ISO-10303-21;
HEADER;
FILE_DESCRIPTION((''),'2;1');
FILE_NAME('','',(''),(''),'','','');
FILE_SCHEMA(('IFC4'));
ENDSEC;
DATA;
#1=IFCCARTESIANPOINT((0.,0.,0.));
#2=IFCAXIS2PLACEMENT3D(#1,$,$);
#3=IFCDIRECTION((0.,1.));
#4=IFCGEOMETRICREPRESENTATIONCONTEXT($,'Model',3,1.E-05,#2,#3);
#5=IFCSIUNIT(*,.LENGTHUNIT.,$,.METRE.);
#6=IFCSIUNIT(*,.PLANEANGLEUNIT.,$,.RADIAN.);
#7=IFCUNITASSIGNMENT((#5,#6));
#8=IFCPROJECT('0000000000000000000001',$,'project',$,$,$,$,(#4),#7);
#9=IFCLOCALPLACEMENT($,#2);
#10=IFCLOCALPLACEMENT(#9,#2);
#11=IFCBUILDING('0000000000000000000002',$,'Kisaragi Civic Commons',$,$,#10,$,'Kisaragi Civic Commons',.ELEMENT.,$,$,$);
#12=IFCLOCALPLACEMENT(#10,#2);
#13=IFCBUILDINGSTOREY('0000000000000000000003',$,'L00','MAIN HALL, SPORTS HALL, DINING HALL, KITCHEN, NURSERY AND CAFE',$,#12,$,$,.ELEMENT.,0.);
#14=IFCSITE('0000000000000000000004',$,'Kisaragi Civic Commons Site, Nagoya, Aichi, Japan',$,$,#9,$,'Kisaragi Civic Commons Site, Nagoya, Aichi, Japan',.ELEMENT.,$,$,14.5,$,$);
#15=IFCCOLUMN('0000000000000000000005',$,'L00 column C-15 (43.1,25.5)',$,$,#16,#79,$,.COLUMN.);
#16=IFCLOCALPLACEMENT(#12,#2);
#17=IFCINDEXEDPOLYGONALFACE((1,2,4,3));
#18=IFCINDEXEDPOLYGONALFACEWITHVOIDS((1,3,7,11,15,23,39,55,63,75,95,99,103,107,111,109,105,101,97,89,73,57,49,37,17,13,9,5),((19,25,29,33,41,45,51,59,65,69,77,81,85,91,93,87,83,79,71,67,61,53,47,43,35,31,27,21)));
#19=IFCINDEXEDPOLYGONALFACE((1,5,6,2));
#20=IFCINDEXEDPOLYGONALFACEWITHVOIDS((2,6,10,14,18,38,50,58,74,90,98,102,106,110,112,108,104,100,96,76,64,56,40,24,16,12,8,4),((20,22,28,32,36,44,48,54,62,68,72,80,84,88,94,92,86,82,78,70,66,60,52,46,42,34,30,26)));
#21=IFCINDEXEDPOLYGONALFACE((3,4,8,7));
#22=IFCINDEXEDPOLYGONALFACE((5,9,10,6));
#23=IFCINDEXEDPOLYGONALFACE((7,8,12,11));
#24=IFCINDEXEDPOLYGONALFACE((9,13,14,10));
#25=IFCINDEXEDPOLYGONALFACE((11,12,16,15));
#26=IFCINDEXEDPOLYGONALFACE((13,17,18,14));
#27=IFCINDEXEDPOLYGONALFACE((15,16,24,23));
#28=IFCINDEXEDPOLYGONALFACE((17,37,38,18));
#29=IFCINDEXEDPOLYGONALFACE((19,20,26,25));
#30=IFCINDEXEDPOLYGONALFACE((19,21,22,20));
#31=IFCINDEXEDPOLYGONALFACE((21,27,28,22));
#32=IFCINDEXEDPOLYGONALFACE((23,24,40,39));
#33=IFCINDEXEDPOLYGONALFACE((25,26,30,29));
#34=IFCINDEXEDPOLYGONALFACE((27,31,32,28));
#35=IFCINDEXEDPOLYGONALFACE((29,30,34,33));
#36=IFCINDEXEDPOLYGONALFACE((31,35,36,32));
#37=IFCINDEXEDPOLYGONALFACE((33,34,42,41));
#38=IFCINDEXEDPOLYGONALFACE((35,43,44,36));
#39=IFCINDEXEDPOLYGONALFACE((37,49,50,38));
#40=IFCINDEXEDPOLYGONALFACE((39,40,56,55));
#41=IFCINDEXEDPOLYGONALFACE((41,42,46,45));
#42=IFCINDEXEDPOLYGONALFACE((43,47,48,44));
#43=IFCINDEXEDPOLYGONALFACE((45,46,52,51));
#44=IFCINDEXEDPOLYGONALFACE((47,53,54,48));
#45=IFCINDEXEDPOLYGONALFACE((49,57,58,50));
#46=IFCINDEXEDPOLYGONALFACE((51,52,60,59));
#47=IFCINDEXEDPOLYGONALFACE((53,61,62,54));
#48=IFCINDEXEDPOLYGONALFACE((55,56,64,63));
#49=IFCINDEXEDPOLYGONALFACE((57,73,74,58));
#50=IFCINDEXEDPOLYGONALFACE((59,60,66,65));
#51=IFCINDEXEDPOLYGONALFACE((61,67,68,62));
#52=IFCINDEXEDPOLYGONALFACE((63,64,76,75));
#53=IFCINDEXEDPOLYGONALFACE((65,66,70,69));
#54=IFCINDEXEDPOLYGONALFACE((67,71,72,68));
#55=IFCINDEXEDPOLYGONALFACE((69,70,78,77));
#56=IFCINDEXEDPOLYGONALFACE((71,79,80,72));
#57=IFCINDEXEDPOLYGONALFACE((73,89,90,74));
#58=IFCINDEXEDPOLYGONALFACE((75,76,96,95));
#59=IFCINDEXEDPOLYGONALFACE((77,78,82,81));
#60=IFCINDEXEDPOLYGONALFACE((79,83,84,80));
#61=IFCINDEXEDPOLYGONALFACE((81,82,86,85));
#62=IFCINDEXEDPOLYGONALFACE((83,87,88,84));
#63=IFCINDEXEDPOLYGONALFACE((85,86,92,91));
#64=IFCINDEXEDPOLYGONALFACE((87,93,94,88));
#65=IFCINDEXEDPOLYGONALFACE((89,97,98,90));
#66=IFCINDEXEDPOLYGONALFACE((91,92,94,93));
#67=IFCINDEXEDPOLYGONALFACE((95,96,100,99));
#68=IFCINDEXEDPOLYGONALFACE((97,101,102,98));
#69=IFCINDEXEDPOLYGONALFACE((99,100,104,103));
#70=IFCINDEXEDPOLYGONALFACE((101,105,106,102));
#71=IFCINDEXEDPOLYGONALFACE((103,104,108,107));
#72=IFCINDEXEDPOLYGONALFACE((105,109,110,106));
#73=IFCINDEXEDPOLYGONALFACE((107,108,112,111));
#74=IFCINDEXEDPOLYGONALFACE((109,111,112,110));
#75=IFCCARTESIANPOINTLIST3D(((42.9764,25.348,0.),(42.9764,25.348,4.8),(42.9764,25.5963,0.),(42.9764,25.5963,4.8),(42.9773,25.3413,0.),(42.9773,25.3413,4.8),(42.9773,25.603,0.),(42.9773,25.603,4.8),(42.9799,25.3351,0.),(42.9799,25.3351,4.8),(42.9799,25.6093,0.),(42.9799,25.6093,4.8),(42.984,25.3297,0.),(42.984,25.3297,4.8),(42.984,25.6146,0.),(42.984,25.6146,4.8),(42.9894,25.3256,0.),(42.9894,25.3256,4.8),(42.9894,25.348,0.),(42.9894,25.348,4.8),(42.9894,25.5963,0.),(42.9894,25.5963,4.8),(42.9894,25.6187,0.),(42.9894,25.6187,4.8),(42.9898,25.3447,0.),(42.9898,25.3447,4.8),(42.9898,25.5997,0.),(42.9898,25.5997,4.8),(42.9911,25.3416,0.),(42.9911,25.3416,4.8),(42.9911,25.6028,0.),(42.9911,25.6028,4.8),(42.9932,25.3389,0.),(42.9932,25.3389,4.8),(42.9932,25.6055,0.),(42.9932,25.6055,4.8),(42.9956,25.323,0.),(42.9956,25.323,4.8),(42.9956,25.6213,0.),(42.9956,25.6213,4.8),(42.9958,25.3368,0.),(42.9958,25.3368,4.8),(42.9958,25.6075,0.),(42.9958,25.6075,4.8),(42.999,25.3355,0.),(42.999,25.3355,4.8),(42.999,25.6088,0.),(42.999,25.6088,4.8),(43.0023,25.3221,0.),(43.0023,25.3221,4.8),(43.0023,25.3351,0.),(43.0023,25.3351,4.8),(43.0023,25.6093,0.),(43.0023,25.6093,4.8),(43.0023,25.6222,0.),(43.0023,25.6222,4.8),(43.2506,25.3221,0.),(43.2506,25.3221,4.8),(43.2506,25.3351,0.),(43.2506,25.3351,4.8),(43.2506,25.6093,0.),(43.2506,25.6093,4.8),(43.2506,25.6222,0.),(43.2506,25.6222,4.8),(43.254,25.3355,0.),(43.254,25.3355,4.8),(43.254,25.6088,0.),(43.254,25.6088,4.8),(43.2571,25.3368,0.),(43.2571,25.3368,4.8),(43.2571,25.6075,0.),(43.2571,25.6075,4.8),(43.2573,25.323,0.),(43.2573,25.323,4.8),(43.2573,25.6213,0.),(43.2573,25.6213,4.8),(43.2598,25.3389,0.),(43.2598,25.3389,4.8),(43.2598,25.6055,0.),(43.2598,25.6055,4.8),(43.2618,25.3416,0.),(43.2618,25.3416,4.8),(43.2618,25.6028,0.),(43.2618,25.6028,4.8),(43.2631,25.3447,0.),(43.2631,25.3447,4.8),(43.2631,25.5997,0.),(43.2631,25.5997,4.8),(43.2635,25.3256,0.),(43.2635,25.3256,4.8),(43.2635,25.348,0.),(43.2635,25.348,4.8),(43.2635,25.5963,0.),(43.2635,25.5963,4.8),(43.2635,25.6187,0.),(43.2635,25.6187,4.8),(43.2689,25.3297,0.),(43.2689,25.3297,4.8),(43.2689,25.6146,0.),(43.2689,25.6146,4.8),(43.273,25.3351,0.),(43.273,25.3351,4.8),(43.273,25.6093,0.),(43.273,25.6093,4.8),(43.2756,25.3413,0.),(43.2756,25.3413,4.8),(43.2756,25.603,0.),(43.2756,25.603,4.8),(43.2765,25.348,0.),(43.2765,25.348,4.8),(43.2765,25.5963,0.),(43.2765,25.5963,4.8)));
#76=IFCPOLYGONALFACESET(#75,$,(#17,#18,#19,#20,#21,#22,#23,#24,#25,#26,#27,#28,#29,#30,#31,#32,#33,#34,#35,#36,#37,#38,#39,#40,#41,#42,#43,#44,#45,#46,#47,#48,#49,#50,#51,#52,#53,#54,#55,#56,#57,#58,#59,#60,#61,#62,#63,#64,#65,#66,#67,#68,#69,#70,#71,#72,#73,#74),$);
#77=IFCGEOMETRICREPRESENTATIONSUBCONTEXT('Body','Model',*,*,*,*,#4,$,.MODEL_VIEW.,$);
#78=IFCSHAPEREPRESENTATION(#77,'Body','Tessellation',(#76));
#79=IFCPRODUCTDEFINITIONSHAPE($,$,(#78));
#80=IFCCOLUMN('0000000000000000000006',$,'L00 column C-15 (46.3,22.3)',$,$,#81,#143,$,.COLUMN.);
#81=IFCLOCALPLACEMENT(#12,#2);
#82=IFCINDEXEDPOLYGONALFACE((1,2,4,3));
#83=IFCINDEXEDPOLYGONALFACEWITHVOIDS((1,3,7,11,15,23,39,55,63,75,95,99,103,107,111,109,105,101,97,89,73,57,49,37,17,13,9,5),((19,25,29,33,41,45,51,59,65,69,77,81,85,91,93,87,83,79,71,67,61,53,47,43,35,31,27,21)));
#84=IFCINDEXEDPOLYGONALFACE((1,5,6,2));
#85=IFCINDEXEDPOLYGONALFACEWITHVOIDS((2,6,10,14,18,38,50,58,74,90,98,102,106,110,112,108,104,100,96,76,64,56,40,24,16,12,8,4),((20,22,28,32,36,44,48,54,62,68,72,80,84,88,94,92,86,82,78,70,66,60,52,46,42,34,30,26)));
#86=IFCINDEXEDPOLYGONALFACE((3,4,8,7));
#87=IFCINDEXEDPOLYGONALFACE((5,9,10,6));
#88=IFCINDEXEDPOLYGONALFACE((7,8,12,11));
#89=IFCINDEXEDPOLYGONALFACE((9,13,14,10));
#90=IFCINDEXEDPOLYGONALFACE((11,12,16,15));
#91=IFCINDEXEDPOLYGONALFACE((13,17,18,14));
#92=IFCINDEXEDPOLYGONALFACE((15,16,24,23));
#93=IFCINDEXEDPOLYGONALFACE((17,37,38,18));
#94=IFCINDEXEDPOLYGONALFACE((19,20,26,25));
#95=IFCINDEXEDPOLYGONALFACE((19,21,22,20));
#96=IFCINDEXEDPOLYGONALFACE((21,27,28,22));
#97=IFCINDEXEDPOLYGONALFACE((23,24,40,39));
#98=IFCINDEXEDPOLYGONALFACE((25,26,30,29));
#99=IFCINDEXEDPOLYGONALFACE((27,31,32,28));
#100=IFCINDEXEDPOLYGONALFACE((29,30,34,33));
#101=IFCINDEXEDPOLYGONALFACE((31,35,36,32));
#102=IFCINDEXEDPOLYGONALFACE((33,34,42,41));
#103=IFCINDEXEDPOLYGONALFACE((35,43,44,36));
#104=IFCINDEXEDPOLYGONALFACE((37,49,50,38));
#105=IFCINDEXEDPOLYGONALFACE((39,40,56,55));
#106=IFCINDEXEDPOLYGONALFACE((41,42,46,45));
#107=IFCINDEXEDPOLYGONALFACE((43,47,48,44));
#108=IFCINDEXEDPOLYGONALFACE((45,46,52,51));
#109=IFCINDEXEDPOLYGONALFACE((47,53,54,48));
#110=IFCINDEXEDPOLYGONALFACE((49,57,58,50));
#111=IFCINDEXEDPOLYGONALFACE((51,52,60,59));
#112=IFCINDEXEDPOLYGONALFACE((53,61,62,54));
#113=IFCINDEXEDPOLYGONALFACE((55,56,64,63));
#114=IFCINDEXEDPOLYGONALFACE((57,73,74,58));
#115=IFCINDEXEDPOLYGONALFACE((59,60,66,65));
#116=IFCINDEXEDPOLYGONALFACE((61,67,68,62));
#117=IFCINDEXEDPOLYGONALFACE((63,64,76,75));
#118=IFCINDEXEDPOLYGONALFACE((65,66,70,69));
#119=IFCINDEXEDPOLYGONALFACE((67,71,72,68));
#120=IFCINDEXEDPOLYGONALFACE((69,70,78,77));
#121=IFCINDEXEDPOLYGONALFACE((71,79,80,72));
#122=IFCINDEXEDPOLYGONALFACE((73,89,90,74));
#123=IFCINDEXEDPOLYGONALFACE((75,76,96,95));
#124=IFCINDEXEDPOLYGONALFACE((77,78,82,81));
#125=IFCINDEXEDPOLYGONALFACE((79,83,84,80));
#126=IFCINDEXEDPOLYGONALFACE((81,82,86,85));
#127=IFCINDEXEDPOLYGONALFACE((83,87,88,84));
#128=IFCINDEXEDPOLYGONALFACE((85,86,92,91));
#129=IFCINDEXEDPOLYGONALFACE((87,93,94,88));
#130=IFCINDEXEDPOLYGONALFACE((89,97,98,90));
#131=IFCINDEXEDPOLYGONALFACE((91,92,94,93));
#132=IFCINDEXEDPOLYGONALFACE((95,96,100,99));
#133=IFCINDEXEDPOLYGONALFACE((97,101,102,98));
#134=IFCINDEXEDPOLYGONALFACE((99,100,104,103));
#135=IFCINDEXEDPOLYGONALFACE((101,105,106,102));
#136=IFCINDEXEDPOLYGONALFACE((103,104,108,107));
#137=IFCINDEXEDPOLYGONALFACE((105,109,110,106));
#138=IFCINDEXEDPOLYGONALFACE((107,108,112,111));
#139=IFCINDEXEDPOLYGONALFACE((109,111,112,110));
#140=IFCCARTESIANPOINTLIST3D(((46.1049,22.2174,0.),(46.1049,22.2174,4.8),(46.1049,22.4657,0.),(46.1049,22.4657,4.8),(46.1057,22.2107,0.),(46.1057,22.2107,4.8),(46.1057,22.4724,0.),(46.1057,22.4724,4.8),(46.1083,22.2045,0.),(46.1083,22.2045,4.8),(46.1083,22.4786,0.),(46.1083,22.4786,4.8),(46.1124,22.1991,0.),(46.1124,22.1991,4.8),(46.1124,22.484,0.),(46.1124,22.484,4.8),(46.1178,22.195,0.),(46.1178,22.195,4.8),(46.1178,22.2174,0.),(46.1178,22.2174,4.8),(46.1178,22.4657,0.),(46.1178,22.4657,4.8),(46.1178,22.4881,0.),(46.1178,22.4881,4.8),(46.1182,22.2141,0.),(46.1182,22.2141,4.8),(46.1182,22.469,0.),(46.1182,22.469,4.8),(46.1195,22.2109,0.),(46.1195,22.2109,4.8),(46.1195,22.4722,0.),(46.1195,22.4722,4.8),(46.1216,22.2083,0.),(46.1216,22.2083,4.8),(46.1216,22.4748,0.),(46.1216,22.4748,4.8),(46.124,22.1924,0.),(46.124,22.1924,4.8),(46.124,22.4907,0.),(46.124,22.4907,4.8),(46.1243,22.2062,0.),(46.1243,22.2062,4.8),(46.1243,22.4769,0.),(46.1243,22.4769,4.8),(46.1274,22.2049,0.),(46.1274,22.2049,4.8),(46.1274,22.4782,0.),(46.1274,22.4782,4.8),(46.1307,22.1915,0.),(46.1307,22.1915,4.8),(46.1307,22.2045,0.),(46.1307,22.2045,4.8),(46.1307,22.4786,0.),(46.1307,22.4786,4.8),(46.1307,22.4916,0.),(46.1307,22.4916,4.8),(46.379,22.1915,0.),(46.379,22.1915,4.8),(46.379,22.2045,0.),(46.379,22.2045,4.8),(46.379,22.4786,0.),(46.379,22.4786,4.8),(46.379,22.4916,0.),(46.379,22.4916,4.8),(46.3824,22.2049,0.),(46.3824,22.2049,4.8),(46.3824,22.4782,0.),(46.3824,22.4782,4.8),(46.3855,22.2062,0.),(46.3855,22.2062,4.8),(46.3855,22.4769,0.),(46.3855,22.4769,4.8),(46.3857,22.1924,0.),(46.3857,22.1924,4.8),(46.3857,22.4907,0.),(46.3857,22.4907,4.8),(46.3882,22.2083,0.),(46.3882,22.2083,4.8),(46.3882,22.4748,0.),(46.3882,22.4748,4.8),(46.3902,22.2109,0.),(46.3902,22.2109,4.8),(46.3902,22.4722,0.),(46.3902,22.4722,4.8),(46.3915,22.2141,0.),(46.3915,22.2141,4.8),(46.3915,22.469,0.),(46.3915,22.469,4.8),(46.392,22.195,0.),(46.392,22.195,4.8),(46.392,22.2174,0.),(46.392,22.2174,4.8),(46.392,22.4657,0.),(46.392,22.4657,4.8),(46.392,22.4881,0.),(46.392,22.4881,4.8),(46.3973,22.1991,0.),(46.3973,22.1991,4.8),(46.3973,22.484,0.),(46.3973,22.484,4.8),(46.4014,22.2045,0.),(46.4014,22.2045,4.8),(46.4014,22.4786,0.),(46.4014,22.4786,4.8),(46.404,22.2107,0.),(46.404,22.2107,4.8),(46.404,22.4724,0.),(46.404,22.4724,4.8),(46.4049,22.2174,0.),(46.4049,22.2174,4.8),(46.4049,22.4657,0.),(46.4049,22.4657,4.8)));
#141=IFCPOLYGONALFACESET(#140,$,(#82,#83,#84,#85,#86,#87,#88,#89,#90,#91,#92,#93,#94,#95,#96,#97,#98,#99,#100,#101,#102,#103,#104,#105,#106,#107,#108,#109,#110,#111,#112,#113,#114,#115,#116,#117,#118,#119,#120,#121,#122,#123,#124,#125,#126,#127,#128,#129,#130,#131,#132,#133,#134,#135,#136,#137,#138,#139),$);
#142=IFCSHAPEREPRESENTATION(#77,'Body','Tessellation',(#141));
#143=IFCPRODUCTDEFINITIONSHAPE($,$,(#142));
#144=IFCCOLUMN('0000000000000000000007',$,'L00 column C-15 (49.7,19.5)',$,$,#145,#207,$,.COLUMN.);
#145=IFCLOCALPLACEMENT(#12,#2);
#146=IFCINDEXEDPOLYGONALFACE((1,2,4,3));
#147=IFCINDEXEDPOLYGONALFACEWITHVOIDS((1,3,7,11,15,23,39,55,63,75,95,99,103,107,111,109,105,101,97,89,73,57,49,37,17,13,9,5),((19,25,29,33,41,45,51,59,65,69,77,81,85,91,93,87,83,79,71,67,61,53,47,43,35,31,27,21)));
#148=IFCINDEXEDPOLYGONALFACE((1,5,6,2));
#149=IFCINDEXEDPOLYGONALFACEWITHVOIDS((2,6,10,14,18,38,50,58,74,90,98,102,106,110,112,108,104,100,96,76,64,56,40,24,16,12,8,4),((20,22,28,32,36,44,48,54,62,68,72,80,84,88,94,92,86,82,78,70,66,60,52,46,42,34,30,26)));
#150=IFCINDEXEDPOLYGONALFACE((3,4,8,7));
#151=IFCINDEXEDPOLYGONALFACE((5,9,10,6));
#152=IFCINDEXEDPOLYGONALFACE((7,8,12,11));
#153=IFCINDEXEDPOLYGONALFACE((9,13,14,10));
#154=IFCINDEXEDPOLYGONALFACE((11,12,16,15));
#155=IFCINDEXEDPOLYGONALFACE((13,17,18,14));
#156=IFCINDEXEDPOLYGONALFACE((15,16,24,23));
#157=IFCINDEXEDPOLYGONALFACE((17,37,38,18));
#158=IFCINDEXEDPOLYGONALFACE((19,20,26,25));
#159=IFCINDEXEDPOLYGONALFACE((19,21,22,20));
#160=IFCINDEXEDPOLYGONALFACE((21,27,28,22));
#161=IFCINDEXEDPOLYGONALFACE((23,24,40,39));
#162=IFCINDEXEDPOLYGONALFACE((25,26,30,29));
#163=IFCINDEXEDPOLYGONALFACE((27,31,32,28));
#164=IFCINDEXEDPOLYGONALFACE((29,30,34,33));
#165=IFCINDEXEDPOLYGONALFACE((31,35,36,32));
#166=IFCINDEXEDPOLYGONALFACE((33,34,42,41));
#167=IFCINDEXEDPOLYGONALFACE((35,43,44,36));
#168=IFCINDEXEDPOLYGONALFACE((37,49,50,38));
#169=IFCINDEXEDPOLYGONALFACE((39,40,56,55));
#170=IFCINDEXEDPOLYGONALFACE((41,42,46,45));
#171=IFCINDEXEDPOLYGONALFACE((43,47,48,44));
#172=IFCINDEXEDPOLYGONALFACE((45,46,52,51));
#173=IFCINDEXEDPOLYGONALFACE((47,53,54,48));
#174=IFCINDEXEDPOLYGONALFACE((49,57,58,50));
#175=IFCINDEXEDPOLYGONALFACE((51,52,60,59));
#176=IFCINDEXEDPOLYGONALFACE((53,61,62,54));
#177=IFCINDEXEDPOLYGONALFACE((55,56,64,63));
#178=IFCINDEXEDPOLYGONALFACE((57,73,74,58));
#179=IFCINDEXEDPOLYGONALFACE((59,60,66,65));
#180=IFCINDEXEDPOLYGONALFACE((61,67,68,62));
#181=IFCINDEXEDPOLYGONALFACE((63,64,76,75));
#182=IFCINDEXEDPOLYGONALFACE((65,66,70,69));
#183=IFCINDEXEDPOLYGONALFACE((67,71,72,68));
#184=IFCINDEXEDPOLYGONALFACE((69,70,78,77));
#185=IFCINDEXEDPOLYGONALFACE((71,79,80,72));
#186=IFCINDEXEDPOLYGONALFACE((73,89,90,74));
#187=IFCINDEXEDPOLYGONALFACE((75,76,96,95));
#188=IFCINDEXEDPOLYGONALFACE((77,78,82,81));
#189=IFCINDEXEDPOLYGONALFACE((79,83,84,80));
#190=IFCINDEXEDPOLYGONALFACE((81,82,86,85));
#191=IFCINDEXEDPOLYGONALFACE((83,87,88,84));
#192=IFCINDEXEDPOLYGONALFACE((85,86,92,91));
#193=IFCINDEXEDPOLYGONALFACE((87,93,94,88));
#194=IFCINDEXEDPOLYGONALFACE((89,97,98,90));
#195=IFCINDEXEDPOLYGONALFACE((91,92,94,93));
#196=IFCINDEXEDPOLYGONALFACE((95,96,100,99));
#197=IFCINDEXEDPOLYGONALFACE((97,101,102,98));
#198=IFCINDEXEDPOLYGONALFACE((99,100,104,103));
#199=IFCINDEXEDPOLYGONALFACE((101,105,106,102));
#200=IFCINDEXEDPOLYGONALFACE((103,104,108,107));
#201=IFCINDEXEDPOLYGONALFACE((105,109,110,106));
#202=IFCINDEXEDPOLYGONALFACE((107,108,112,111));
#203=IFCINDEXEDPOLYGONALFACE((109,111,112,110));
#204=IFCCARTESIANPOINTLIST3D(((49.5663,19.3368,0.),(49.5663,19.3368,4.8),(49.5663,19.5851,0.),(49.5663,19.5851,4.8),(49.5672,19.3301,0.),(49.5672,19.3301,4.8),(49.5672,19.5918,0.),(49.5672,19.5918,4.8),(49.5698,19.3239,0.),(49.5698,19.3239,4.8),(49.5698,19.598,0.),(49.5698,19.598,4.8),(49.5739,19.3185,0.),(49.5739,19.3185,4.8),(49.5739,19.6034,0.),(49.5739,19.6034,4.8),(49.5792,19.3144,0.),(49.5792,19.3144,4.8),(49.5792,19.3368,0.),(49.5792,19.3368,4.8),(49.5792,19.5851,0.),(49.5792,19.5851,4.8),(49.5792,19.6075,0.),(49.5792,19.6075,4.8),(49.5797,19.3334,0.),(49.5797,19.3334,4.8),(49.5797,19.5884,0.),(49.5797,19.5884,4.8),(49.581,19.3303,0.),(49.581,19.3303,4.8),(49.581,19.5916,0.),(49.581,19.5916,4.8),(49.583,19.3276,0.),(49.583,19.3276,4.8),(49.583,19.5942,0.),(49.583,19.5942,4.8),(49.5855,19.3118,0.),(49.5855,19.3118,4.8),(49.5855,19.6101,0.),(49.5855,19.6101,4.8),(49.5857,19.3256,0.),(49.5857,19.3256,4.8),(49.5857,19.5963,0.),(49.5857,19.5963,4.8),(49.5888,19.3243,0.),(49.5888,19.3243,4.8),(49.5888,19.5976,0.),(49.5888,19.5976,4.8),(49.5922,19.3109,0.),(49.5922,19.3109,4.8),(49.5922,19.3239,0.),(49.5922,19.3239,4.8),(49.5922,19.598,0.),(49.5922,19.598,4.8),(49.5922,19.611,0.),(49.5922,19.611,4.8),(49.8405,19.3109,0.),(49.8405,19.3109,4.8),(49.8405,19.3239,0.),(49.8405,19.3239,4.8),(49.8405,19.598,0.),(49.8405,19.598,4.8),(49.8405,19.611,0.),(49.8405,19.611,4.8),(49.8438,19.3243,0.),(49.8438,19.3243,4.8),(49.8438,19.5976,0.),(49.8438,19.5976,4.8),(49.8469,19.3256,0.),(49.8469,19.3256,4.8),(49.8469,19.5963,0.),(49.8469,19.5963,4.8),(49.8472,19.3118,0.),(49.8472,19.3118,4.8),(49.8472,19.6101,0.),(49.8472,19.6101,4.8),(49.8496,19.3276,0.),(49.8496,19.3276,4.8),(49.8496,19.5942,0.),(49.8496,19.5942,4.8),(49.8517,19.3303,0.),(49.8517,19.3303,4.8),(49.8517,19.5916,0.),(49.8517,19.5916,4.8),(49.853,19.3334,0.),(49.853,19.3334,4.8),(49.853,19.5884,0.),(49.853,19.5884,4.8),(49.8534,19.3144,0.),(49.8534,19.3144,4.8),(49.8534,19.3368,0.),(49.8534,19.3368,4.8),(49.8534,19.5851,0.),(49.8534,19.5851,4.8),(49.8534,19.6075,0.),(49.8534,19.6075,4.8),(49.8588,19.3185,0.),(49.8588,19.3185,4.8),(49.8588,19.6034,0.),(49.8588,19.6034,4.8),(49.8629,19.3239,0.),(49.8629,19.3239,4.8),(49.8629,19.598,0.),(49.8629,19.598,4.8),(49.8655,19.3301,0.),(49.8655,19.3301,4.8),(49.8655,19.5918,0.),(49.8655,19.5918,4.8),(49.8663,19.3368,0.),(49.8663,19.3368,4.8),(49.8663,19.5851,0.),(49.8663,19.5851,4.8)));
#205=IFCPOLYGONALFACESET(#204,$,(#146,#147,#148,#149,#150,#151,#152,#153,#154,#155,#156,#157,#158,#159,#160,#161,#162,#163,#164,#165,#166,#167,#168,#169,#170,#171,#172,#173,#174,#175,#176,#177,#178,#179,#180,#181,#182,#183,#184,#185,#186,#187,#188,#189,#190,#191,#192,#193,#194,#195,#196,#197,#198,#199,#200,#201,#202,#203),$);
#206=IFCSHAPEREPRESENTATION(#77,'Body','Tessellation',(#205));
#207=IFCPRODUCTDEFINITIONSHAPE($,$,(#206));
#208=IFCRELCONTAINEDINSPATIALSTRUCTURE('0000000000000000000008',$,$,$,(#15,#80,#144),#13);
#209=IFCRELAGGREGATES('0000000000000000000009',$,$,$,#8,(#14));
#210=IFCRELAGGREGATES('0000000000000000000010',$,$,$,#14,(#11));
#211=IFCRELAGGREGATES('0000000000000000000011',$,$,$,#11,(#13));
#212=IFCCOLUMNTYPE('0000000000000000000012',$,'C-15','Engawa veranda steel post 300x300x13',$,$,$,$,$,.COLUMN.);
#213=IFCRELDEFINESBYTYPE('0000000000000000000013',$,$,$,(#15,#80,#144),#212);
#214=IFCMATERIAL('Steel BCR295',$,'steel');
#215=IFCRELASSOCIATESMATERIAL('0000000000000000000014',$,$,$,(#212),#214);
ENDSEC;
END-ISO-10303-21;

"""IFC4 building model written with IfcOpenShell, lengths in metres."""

from ifc_helpers import new_model, si_unit, direction, frame, origin, origin_2d, place, context, subcontext, project, spatial, hollow_rectangle, extrude, material, material_profile, profile_set, type_object, element, save


model = new_model("IFC4")

# Units and contexts
model_context = context("Model", 3, precision=1e-05, world=origin(), true_north=direction((0.0, 1.0)))
body_context = subcontext(model_context, "Body", "Model", "MODEL_VIEW")
ifc_project = project(units=[si_unit("LENGTHUNIT", "METRE"), si_unit("PLANEANGLEUNIT", "RADIAN")], contexts=[model_context])

# Site, building, storey
site_placement = place(None, origin())
site = spatial("IfcSite", under=ifc_project, at=site_placement, Name="Kisaragi Civic Commons Site, Nagoya, Aichi, Japan", LongName="Kisaragi Civic Commons Site, Nagoya, Aichi, Japan", CompositionType="ELEMENT", RefElevation=14.5)
building_placement = place(site_placement, origin())
building = spatial("IfcBuilding", under=site, at=building_placement, Name="Kisaragi Civic Commons", LongName="Kisaragi Civic Commons", CompositionType="ELEMENT")
storey_placement = place(building_placement, origin())
storey = spatial("IfcBuildingStorey", under=building, at=storey_placement, Name="L00", Description="MAIN HALL, SPORTS HALL, DINING HALL, KITCHEN, NURSERY AND CAFE", CompositionType="ELEMENT", Elevation=0.0)

# Columns
ifc_material_1 = material(Name="Steel BCR295", Category="steel")
ifc_material_profile_1 = material_profile(ifc_material_1, hollow_rectangle(XDim=0.3, YDim=0.3, WallThickness=0.0129, InnerFilletRadius=0.0129, OuterFilletRadius=0.0259, at=origin_2d()), Name="BCR-300x300x13", Category="steel")
ifc_profile_set_1 = profile_set([ifc_material_profile_1], Name="Steel BCR295")
column_type_1 = type_object("IfcColumnType", Name="C-15", Description="Engawa veranda steel post 300x300x13", PredefinedType="COLUMN", material=ifc_profile_set_1)
for number, where, z_axis, x_axis, name in (
    (1, (43.1265, 25.4722, 0.0), (0.0, 0.0, 1.0), (1.0, 0.0, 0.0), "L00 column C-15 (43.1,25.5)"),
    (2, (46.2549, 22.3416, 0.0), (0.0, 0.0, 1.0), (1.0, 0.0, 0.0), "L00 column C-15 (46.3,22.3)"),
    (3, (49.7163, 19.4609, 0.0), (0.0, 0.0, 1.0), (1.0, 0.0, 0.0), "L00 column C-15 (49.7,19.5)"),
):
    element("IfcColumn", number, at=place(storey_placement, frame(where, z_axis=z_axis, x_axis=x_axis)), inside=storey, type_object=column_type_1, Name=name, PredefinedType="COLUMN", context=body_context, shape_type="SweptSolid", body=[
        extrude(hollow_rectangle(XDim=0.3, YDim=0.3, WallThickness=0.0129, InnerFilletRadius=0.0129, OuterFilletRadius=0.0259, at=origin_2d()), origin(), (0.0, 0.0, 1.0), 4.8),
    ])

save(model, "model.ifc")
